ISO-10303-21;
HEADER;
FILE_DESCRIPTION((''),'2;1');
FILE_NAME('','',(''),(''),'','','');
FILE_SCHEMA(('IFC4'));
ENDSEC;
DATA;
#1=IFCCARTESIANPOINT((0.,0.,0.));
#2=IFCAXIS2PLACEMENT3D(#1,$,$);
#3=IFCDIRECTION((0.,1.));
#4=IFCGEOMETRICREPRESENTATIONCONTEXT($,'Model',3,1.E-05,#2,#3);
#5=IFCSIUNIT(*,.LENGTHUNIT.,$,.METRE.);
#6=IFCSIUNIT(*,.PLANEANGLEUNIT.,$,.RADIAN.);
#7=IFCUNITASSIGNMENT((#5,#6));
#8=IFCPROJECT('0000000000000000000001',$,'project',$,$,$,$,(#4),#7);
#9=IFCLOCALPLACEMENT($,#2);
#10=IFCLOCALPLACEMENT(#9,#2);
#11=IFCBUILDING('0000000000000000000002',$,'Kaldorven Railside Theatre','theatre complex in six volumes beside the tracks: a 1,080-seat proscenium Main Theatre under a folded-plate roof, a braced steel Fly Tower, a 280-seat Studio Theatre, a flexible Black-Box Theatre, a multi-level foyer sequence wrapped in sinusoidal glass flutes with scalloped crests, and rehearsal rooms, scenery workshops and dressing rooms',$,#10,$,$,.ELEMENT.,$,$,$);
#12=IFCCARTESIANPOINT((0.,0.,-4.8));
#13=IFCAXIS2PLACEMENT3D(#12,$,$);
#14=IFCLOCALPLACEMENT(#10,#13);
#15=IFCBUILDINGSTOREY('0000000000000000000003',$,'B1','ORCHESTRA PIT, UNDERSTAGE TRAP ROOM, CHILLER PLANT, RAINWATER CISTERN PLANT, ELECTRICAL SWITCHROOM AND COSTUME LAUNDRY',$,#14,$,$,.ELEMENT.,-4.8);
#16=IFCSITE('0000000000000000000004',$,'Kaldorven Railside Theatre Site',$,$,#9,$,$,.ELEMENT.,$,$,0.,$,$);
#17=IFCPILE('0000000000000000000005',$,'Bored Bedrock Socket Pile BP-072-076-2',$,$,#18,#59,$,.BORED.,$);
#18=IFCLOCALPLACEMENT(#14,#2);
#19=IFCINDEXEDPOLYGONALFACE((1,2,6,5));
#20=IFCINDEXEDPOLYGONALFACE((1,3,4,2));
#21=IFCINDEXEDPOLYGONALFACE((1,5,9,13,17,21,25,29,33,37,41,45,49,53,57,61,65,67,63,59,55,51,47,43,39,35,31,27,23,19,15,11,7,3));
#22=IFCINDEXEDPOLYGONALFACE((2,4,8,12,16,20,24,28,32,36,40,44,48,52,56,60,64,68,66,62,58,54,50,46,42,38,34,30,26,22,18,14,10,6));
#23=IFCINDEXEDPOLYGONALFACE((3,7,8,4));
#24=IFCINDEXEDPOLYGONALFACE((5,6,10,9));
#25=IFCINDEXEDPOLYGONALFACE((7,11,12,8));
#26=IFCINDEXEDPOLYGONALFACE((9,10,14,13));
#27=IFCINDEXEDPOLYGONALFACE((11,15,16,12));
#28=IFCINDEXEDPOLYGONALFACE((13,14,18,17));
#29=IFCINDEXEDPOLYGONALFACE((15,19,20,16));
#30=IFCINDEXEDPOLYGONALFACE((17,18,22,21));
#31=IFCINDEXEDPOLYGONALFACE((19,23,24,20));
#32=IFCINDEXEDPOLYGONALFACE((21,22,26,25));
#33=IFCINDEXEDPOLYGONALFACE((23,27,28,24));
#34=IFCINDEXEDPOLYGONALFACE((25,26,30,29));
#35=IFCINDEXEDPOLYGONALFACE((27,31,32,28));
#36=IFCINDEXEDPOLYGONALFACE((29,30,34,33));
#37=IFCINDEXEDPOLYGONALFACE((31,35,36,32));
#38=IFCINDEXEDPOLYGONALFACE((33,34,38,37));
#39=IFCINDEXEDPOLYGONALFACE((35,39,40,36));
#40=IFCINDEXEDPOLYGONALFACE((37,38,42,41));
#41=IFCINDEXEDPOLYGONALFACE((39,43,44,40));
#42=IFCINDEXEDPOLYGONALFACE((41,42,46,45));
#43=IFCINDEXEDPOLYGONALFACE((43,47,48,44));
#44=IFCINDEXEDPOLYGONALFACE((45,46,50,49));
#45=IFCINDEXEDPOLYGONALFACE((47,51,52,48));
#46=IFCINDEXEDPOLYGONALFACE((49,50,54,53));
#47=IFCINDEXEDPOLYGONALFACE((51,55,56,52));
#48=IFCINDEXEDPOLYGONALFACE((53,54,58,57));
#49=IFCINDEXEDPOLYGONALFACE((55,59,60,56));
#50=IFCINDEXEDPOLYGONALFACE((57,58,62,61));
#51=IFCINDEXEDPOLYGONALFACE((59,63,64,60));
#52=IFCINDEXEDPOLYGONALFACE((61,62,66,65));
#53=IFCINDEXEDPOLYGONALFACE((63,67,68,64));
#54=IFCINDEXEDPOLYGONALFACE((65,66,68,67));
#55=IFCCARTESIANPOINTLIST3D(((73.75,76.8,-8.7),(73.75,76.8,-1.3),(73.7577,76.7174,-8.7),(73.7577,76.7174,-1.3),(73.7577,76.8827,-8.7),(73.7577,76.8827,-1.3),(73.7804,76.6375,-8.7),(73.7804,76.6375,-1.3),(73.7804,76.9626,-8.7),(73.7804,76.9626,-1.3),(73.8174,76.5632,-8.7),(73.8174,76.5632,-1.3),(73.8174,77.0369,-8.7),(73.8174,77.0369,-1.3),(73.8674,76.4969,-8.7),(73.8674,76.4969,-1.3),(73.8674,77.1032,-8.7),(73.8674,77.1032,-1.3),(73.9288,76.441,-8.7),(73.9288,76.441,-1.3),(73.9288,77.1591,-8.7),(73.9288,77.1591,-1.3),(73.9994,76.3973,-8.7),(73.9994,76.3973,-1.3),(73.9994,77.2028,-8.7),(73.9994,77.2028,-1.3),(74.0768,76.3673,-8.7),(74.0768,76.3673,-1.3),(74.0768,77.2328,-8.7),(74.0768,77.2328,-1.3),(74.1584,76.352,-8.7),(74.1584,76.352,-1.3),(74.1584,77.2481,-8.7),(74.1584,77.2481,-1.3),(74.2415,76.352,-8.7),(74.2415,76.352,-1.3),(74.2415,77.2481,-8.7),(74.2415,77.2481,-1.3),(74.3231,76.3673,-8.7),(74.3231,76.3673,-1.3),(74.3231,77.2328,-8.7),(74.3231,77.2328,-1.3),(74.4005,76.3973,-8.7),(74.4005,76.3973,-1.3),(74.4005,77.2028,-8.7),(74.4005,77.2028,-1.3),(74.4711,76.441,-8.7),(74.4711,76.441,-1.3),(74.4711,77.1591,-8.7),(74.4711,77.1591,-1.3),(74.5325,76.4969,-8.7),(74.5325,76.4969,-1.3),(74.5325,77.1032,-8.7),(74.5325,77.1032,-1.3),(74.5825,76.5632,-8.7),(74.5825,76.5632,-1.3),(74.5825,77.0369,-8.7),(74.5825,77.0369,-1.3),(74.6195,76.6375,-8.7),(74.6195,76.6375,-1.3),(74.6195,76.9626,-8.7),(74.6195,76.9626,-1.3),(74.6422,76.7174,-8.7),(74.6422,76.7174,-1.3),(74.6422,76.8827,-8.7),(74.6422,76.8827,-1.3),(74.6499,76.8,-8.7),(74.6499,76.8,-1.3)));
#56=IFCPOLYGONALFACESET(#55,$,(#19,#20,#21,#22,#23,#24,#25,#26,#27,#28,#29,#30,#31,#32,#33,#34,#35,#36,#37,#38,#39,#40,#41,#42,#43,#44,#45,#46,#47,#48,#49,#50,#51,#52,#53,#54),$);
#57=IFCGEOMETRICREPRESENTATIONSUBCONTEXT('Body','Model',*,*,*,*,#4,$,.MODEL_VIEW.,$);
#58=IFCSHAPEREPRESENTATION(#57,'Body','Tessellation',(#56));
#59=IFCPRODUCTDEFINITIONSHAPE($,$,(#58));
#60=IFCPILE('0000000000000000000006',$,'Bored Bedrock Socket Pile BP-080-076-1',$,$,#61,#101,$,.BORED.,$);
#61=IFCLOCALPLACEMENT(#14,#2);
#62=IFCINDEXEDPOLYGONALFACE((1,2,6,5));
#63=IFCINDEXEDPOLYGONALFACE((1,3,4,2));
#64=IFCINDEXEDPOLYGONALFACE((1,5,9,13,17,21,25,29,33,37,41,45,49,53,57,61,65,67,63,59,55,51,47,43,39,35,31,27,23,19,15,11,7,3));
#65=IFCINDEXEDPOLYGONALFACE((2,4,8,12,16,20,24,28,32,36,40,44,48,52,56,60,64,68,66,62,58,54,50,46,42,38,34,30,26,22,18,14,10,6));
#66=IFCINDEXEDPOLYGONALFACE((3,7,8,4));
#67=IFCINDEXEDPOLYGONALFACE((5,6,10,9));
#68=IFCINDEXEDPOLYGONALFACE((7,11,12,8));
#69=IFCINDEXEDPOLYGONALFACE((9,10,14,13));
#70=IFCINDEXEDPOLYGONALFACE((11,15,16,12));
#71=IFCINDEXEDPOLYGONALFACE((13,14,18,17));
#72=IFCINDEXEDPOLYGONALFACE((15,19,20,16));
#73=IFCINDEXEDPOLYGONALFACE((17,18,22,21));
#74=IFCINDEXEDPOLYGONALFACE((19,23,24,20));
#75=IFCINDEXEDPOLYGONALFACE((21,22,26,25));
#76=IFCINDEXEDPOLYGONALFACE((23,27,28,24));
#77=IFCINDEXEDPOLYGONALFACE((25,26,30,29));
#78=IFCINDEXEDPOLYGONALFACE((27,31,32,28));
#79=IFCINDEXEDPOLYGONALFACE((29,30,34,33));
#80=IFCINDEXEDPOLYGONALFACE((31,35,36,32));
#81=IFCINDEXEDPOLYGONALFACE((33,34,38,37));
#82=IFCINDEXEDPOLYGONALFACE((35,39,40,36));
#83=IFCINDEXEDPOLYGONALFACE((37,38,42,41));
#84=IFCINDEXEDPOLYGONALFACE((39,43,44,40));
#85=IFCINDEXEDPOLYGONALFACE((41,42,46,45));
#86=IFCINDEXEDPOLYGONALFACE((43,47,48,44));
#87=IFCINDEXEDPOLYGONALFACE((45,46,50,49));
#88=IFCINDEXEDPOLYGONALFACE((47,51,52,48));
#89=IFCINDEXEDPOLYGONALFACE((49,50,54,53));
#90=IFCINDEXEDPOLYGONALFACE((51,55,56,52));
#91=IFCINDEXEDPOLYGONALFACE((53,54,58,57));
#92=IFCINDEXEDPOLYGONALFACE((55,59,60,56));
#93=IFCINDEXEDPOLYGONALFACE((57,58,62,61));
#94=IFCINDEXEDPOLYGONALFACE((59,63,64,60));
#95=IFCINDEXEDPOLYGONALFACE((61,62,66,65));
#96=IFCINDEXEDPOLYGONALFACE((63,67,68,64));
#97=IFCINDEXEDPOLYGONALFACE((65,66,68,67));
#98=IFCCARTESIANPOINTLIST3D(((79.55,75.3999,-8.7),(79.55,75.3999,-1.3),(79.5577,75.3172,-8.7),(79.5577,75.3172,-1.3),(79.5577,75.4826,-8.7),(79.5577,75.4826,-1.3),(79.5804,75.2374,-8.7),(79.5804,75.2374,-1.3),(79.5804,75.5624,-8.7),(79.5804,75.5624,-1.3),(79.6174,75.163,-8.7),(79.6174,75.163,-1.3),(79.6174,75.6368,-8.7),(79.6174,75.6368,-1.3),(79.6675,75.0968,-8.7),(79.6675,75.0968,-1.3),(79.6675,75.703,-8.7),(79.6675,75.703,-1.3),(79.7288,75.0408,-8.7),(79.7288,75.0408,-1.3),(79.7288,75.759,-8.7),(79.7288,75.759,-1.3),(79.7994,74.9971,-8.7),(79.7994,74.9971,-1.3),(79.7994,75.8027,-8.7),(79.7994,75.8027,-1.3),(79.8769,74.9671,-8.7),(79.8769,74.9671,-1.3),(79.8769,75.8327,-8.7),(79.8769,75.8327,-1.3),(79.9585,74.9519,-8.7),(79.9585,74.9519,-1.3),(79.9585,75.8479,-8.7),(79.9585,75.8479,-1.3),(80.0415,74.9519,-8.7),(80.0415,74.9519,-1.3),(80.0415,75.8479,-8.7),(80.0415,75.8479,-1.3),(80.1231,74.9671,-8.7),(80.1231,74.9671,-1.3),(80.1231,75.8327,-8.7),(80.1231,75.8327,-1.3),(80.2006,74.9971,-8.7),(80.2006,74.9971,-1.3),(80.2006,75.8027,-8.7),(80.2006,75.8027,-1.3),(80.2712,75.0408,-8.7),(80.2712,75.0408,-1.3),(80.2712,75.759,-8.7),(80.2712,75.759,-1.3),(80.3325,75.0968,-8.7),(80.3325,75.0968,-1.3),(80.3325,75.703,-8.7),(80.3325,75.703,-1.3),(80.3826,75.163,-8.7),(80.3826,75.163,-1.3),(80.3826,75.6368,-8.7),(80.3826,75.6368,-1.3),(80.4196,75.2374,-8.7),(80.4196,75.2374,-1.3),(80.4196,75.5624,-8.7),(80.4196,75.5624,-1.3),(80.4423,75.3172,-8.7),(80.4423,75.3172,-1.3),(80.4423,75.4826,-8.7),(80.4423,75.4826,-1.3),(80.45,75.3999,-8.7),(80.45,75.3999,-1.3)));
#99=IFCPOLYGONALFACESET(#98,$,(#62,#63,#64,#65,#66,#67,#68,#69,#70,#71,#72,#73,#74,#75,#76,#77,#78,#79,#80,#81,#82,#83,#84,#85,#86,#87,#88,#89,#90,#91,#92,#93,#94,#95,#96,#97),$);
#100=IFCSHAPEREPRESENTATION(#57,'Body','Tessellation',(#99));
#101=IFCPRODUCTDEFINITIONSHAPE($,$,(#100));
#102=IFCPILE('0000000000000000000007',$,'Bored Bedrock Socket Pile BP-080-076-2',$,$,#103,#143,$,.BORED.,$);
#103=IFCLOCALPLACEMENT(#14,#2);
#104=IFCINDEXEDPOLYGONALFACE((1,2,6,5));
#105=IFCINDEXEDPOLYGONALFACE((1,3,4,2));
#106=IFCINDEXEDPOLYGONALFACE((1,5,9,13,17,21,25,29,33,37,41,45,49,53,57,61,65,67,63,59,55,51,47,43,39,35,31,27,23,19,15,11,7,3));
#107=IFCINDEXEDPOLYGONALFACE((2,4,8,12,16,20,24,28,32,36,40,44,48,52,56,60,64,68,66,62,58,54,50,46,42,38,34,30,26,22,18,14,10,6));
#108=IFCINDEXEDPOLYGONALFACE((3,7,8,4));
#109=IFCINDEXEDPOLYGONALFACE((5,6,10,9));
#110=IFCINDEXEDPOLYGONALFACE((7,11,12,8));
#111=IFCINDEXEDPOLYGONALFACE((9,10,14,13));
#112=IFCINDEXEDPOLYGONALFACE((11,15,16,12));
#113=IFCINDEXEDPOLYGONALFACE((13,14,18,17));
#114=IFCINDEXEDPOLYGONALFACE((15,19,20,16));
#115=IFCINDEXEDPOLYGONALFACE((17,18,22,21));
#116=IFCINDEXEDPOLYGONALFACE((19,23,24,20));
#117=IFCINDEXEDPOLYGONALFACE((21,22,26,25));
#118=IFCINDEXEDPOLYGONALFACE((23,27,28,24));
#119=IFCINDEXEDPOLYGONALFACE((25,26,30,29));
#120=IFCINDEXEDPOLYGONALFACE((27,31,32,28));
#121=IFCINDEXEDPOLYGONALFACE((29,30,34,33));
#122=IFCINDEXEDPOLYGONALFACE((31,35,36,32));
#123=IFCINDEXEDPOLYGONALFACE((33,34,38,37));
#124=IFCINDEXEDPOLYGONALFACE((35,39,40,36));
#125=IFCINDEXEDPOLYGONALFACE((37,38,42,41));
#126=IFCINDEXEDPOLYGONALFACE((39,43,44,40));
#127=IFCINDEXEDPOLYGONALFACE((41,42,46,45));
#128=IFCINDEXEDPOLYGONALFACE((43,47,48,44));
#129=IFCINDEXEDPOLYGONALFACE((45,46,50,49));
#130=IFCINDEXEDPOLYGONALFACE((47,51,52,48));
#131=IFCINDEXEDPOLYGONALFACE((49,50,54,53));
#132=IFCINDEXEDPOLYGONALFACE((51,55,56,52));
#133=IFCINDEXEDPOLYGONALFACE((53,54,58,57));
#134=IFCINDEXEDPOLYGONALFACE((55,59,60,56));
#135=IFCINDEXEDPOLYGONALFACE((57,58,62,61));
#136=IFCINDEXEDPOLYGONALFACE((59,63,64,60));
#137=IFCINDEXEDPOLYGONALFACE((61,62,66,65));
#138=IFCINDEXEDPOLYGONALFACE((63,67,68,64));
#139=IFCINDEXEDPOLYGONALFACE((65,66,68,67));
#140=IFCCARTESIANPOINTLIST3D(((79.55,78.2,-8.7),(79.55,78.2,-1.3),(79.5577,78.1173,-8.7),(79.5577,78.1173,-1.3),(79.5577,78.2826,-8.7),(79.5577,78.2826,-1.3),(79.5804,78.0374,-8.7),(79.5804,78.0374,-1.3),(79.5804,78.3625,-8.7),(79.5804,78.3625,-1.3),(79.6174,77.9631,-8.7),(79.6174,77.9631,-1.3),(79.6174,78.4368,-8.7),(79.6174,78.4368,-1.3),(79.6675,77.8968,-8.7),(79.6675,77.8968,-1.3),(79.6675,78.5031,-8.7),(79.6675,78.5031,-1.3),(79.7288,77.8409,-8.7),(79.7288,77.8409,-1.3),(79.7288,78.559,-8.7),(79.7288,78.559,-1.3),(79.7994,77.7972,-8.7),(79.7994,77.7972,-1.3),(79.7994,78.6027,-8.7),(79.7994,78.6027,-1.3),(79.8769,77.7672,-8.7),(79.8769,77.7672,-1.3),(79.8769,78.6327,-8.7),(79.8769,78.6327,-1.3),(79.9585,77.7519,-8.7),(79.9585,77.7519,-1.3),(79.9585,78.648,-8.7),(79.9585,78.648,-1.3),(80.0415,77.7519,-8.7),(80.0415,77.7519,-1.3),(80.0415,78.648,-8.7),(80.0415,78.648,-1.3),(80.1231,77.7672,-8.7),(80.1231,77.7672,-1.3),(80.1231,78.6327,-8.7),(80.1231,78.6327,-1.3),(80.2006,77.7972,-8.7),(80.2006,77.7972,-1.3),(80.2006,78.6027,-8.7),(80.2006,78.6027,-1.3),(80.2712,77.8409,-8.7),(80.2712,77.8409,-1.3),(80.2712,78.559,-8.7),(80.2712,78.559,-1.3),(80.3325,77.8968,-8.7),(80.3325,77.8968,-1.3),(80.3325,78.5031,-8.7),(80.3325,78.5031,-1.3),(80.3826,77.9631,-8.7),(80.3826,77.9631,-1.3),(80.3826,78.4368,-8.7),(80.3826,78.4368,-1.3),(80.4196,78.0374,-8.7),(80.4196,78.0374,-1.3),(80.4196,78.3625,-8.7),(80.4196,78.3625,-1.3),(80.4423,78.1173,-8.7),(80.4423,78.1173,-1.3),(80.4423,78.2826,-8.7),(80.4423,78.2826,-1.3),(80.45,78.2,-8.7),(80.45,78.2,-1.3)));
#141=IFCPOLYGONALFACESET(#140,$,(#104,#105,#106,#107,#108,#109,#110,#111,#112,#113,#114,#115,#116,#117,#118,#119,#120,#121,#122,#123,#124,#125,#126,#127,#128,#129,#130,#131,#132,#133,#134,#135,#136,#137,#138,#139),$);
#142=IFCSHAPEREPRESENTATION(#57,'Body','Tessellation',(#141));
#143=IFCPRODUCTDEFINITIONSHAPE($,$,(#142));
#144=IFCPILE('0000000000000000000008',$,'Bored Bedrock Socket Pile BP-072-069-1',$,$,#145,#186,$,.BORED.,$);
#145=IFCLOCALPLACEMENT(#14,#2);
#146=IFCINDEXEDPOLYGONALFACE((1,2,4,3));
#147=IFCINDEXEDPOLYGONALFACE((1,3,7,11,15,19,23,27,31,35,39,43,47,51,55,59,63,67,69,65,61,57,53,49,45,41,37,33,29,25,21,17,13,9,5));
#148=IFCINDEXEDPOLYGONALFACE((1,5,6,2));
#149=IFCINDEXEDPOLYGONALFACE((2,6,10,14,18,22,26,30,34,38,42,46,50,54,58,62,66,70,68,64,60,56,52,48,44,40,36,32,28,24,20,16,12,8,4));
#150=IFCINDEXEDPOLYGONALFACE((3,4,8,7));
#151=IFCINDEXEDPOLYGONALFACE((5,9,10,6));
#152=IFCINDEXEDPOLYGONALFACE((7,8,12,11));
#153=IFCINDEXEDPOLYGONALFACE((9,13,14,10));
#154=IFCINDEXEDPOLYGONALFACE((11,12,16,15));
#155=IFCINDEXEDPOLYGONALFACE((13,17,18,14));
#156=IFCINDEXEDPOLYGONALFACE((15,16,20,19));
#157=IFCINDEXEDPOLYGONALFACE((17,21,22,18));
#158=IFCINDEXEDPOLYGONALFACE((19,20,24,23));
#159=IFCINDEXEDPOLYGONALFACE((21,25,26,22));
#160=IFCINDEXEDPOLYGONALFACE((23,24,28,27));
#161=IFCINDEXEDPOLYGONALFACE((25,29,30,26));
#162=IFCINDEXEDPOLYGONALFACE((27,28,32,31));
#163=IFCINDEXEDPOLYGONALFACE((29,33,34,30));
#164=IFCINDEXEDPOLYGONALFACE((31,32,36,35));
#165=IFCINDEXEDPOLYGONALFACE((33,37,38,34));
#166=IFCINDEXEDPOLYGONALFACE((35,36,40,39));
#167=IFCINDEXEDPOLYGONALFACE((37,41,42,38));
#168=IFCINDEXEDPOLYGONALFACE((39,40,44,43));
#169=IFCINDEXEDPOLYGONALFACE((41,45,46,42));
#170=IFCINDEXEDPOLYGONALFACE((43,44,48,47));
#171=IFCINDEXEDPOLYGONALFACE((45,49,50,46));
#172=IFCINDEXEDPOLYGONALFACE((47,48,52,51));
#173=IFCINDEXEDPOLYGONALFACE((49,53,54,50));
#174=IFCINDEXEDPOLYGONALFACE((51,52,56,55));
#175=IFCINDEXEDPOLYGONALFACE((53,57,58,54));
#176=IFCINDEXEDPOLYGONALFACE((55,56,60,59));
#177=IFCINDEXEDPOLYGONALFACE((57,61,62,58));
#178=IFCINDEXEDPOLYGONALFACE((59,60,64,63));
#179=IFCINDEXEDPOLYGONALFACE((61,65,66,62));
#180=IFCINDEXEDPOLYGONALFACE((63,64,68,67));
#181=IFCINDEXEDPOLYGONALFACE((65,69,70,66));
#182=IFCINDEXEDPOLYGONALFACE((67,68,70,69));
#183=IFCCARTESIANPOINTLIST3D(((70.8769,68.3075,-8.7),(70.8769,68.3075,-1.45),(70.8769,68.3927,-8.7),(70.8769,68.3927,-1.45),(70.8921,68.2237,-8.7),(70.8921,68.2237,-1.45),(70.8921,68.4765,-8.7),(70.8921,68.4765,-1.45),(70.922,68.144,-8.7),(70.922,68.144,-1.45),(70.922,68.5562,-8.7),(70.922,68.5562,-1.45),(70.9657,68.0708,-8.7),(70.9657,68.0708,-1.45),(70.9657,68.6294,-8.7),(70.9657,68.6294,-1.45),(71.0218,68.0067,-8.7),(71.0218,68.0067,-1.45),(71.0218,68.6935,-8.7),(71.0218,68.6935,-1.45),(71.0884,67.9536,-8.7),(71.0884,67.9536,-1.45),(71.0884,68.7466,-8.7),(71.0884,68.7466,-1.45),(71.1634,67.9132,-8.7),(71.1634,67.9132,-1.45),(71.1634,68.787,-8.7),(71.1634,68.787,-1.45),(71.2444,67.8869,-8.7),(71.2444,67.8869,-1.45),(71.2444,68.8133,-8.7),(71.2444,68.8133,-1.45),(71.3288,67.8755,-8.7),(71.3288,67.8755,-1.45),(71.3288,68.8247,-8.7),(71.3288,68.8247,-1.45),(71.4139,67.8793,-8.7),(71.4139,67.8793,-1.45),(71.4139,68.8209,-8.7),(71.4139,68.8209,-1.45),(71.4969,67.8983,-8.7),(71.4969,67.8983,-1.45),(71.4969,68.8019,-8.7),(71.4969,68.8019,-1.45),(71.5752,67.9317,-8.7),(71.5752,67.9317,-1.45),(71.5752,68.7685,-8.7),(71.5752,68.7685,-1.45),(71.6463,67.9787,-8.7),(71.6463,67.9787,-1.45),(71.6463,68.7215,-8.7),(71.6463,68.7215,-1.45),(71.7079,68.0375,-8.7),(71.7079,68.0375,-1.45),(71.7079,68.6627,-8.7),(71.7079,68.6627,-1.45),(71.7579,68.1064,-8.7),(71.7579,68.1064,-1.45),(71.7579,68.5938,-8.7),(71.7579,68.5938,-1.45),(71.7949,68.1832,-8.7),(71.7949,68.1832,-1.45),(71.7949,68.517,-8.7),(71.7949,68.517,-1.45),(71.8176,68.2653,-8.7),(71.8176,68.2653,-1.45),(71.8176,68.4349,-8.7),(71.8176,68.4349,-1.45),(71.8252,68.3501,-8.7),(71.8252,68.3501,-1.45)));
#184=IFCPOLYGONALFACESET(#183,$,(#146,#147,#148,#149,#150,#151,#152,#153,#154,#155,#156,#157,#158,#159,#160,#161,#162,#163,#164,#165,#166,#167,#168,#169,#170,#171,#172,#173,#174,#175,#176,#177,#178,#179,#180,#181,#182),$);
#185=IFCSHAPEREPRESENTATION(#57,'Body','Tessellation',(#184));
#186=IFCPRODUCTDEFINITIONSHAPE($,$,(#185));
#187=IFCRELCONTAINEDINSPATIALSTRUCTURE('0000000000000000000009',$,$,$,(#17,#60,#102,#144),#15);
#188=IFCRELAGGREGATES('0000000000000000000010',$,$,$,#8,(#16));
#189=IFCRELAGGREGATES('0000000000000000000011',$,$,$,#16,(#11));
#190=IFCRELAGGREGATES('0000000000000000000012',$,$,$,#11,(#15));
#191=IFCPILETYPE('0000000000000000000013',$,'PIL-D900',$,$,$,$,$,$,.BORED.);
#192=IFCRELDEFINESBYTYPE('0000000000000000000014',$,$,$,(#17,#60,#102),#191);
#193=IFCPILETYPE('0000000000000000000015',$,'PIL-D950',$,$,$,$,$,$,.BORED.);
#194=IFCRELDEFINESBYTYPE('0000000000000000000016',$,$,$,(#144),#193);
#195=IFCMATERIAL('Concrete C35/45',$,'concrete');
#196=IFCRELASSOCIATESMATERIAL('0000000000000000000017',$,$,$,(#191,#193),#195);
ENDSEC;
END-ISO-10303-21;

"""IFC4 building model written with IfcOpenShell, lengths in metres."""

from ifc_helpers import new_model, si_unit, direction, frame, origin, origin_2d, place, context, subcontext, project, spatial, circle, extrude, material, material_profile, profile_set, type_object, element, save


model = new_model("IFC4")

# Units and contexts
model_context = context("Model", 3, precision=1e-05, world=origin(), true_north=direction((0.0, 1.0)))
body_context = subcontext(model_context, "Body", "Model", "MODEL_VIEW")
ifc_project = project(units=[si_unit("LENGTHUNIT", "METRE"), si_unit("PLANEANGLEUNIT", "RADIAN")], contexts=[model_context])

# Site, building, storey
site_placement = place(None, origin())
site = spatial("IfcSite", under=ifc_project, at=site_placement, Name="Kaldorven Railside Theatre Site", CompositionType="ELEMENT", RefElevation=0.0)
building_placement = place(site_placement, origin())
building = spatial("IfcBuilding", under=site, at=building_placement, Name="Kaldorven Railside Theatre", Description="theatre complex in six volumes beside the tracks: a 1,080-seat proscenium Main Theatre under a folded-plate roof, a braced steel Fly Tower, a 280-seat Studio Theatre, a flexible Black-Box Theatre, a multi-level foyer sequence wrapped in sinusoidal glass flutes with scalloped crests, and rehearsal rooms, scenery workshops and dressing rooms", CompositionType="ELEMENT")
storey_placement = place(building_placement, frame((0.0, 0.0, -4.8)))
storey = spatial("IfcBuildingStorey", under=building, at=storey_placement, Name="B1", Description="ORCHESTRA PIT, UNDERSTAGE TRAP ROOM, CHILLER PLANT, RAINWATER CISTERN PLANT, ELECTRICAL SWITCHROOM AND COSTUME LAUNDRY", CompositionType="ELEMENT", Elevation=-4.8)

# Piles
ifc_material_1 = material(Name="Concrete C35/45", Category="concrete")
ifc_material_profile_1 = material_profile(ifc_material_1, circle(Radius=0.45, at=origin_2d()), Name="BP D900")
ifc_profile_set_1 = profile_set([ifc_material_profile_1], Name="Concrete C35/45")
pile_type_1 = type_object("IfcPileType", Name="PIL-D900", PredefinedType="BORED", material=ifc_profile_set_1)
for number, where, z_axis, x_axis, name in (
    (1, (74.2, 76.8, -1.3), (0.0, 0.0, -1.0), (1.0, 0.0, 0.0), "Bored Bedrock Socket Pile BP-072-076-2"),
    (2, (80.0, 75.3999, -1.3), (0.0, 0.0, -1.0), (1.0, 0.0, 0.0), "Bored Bedrock Socket Pile BP-080-076-1"),
    (3, (80.0, 78.2, -1.3), (0.0, 0.0, -1.0), (1.0, 0.0, 0.0), "Bored Bedrock Socket Pile BP-080-076-2"),
):
    element("IfcPile", number, at=place(storey_placement, frame(where, z_axis=z_axis, x_axis=x_axis)), inside=storey, type_object=pile_type_1, Name=name, PredefinedType="BORED", context=body_context, shape_type="SweptSolid", body=[
        extrude(circle(Radius=0.45, at=origin_2d()), origin(), (0.0, 0.0, 1.0), 7.3999),
    ])
ifc_material_profile_2 = material_profile(ifc_material_1, circle(Radius=0.4751, at=origin_2d()), Name="BP D950")
ifc_profile_set_2 = profile_set([ifc_material_profile_2], Name="Concrete C35/45")
pile_type_2 = type_object("IfcPileType", Name="PIL-D950", PredefinedType="BORED", material=ifc_profile_set_2)
for number, where, z_axis, x_axis, name in (
    (4, (71.3501, 68.3501, -1.45), (0.0, 0.0, -1.0), (1.0, 0.0, 0.0), "Bored Bedrock Socket Pile BP-072-069-1"),
):
    element("IfcPile", number, at=place(storey_placement, frame(where, z_axis=z_axis, x_axis=x_axis)), inside=storey, type_object=pile_type_2, Name=name, PredefinedType="BORED", context=body_context, shape_type="SweptSolid", body=[
        extrude(circle(Radius=0.4751, at=origin_2d()), origin(), (0.0, 0.0, 1.0), 7.25),
    ])

save(model, "model.ifc")
